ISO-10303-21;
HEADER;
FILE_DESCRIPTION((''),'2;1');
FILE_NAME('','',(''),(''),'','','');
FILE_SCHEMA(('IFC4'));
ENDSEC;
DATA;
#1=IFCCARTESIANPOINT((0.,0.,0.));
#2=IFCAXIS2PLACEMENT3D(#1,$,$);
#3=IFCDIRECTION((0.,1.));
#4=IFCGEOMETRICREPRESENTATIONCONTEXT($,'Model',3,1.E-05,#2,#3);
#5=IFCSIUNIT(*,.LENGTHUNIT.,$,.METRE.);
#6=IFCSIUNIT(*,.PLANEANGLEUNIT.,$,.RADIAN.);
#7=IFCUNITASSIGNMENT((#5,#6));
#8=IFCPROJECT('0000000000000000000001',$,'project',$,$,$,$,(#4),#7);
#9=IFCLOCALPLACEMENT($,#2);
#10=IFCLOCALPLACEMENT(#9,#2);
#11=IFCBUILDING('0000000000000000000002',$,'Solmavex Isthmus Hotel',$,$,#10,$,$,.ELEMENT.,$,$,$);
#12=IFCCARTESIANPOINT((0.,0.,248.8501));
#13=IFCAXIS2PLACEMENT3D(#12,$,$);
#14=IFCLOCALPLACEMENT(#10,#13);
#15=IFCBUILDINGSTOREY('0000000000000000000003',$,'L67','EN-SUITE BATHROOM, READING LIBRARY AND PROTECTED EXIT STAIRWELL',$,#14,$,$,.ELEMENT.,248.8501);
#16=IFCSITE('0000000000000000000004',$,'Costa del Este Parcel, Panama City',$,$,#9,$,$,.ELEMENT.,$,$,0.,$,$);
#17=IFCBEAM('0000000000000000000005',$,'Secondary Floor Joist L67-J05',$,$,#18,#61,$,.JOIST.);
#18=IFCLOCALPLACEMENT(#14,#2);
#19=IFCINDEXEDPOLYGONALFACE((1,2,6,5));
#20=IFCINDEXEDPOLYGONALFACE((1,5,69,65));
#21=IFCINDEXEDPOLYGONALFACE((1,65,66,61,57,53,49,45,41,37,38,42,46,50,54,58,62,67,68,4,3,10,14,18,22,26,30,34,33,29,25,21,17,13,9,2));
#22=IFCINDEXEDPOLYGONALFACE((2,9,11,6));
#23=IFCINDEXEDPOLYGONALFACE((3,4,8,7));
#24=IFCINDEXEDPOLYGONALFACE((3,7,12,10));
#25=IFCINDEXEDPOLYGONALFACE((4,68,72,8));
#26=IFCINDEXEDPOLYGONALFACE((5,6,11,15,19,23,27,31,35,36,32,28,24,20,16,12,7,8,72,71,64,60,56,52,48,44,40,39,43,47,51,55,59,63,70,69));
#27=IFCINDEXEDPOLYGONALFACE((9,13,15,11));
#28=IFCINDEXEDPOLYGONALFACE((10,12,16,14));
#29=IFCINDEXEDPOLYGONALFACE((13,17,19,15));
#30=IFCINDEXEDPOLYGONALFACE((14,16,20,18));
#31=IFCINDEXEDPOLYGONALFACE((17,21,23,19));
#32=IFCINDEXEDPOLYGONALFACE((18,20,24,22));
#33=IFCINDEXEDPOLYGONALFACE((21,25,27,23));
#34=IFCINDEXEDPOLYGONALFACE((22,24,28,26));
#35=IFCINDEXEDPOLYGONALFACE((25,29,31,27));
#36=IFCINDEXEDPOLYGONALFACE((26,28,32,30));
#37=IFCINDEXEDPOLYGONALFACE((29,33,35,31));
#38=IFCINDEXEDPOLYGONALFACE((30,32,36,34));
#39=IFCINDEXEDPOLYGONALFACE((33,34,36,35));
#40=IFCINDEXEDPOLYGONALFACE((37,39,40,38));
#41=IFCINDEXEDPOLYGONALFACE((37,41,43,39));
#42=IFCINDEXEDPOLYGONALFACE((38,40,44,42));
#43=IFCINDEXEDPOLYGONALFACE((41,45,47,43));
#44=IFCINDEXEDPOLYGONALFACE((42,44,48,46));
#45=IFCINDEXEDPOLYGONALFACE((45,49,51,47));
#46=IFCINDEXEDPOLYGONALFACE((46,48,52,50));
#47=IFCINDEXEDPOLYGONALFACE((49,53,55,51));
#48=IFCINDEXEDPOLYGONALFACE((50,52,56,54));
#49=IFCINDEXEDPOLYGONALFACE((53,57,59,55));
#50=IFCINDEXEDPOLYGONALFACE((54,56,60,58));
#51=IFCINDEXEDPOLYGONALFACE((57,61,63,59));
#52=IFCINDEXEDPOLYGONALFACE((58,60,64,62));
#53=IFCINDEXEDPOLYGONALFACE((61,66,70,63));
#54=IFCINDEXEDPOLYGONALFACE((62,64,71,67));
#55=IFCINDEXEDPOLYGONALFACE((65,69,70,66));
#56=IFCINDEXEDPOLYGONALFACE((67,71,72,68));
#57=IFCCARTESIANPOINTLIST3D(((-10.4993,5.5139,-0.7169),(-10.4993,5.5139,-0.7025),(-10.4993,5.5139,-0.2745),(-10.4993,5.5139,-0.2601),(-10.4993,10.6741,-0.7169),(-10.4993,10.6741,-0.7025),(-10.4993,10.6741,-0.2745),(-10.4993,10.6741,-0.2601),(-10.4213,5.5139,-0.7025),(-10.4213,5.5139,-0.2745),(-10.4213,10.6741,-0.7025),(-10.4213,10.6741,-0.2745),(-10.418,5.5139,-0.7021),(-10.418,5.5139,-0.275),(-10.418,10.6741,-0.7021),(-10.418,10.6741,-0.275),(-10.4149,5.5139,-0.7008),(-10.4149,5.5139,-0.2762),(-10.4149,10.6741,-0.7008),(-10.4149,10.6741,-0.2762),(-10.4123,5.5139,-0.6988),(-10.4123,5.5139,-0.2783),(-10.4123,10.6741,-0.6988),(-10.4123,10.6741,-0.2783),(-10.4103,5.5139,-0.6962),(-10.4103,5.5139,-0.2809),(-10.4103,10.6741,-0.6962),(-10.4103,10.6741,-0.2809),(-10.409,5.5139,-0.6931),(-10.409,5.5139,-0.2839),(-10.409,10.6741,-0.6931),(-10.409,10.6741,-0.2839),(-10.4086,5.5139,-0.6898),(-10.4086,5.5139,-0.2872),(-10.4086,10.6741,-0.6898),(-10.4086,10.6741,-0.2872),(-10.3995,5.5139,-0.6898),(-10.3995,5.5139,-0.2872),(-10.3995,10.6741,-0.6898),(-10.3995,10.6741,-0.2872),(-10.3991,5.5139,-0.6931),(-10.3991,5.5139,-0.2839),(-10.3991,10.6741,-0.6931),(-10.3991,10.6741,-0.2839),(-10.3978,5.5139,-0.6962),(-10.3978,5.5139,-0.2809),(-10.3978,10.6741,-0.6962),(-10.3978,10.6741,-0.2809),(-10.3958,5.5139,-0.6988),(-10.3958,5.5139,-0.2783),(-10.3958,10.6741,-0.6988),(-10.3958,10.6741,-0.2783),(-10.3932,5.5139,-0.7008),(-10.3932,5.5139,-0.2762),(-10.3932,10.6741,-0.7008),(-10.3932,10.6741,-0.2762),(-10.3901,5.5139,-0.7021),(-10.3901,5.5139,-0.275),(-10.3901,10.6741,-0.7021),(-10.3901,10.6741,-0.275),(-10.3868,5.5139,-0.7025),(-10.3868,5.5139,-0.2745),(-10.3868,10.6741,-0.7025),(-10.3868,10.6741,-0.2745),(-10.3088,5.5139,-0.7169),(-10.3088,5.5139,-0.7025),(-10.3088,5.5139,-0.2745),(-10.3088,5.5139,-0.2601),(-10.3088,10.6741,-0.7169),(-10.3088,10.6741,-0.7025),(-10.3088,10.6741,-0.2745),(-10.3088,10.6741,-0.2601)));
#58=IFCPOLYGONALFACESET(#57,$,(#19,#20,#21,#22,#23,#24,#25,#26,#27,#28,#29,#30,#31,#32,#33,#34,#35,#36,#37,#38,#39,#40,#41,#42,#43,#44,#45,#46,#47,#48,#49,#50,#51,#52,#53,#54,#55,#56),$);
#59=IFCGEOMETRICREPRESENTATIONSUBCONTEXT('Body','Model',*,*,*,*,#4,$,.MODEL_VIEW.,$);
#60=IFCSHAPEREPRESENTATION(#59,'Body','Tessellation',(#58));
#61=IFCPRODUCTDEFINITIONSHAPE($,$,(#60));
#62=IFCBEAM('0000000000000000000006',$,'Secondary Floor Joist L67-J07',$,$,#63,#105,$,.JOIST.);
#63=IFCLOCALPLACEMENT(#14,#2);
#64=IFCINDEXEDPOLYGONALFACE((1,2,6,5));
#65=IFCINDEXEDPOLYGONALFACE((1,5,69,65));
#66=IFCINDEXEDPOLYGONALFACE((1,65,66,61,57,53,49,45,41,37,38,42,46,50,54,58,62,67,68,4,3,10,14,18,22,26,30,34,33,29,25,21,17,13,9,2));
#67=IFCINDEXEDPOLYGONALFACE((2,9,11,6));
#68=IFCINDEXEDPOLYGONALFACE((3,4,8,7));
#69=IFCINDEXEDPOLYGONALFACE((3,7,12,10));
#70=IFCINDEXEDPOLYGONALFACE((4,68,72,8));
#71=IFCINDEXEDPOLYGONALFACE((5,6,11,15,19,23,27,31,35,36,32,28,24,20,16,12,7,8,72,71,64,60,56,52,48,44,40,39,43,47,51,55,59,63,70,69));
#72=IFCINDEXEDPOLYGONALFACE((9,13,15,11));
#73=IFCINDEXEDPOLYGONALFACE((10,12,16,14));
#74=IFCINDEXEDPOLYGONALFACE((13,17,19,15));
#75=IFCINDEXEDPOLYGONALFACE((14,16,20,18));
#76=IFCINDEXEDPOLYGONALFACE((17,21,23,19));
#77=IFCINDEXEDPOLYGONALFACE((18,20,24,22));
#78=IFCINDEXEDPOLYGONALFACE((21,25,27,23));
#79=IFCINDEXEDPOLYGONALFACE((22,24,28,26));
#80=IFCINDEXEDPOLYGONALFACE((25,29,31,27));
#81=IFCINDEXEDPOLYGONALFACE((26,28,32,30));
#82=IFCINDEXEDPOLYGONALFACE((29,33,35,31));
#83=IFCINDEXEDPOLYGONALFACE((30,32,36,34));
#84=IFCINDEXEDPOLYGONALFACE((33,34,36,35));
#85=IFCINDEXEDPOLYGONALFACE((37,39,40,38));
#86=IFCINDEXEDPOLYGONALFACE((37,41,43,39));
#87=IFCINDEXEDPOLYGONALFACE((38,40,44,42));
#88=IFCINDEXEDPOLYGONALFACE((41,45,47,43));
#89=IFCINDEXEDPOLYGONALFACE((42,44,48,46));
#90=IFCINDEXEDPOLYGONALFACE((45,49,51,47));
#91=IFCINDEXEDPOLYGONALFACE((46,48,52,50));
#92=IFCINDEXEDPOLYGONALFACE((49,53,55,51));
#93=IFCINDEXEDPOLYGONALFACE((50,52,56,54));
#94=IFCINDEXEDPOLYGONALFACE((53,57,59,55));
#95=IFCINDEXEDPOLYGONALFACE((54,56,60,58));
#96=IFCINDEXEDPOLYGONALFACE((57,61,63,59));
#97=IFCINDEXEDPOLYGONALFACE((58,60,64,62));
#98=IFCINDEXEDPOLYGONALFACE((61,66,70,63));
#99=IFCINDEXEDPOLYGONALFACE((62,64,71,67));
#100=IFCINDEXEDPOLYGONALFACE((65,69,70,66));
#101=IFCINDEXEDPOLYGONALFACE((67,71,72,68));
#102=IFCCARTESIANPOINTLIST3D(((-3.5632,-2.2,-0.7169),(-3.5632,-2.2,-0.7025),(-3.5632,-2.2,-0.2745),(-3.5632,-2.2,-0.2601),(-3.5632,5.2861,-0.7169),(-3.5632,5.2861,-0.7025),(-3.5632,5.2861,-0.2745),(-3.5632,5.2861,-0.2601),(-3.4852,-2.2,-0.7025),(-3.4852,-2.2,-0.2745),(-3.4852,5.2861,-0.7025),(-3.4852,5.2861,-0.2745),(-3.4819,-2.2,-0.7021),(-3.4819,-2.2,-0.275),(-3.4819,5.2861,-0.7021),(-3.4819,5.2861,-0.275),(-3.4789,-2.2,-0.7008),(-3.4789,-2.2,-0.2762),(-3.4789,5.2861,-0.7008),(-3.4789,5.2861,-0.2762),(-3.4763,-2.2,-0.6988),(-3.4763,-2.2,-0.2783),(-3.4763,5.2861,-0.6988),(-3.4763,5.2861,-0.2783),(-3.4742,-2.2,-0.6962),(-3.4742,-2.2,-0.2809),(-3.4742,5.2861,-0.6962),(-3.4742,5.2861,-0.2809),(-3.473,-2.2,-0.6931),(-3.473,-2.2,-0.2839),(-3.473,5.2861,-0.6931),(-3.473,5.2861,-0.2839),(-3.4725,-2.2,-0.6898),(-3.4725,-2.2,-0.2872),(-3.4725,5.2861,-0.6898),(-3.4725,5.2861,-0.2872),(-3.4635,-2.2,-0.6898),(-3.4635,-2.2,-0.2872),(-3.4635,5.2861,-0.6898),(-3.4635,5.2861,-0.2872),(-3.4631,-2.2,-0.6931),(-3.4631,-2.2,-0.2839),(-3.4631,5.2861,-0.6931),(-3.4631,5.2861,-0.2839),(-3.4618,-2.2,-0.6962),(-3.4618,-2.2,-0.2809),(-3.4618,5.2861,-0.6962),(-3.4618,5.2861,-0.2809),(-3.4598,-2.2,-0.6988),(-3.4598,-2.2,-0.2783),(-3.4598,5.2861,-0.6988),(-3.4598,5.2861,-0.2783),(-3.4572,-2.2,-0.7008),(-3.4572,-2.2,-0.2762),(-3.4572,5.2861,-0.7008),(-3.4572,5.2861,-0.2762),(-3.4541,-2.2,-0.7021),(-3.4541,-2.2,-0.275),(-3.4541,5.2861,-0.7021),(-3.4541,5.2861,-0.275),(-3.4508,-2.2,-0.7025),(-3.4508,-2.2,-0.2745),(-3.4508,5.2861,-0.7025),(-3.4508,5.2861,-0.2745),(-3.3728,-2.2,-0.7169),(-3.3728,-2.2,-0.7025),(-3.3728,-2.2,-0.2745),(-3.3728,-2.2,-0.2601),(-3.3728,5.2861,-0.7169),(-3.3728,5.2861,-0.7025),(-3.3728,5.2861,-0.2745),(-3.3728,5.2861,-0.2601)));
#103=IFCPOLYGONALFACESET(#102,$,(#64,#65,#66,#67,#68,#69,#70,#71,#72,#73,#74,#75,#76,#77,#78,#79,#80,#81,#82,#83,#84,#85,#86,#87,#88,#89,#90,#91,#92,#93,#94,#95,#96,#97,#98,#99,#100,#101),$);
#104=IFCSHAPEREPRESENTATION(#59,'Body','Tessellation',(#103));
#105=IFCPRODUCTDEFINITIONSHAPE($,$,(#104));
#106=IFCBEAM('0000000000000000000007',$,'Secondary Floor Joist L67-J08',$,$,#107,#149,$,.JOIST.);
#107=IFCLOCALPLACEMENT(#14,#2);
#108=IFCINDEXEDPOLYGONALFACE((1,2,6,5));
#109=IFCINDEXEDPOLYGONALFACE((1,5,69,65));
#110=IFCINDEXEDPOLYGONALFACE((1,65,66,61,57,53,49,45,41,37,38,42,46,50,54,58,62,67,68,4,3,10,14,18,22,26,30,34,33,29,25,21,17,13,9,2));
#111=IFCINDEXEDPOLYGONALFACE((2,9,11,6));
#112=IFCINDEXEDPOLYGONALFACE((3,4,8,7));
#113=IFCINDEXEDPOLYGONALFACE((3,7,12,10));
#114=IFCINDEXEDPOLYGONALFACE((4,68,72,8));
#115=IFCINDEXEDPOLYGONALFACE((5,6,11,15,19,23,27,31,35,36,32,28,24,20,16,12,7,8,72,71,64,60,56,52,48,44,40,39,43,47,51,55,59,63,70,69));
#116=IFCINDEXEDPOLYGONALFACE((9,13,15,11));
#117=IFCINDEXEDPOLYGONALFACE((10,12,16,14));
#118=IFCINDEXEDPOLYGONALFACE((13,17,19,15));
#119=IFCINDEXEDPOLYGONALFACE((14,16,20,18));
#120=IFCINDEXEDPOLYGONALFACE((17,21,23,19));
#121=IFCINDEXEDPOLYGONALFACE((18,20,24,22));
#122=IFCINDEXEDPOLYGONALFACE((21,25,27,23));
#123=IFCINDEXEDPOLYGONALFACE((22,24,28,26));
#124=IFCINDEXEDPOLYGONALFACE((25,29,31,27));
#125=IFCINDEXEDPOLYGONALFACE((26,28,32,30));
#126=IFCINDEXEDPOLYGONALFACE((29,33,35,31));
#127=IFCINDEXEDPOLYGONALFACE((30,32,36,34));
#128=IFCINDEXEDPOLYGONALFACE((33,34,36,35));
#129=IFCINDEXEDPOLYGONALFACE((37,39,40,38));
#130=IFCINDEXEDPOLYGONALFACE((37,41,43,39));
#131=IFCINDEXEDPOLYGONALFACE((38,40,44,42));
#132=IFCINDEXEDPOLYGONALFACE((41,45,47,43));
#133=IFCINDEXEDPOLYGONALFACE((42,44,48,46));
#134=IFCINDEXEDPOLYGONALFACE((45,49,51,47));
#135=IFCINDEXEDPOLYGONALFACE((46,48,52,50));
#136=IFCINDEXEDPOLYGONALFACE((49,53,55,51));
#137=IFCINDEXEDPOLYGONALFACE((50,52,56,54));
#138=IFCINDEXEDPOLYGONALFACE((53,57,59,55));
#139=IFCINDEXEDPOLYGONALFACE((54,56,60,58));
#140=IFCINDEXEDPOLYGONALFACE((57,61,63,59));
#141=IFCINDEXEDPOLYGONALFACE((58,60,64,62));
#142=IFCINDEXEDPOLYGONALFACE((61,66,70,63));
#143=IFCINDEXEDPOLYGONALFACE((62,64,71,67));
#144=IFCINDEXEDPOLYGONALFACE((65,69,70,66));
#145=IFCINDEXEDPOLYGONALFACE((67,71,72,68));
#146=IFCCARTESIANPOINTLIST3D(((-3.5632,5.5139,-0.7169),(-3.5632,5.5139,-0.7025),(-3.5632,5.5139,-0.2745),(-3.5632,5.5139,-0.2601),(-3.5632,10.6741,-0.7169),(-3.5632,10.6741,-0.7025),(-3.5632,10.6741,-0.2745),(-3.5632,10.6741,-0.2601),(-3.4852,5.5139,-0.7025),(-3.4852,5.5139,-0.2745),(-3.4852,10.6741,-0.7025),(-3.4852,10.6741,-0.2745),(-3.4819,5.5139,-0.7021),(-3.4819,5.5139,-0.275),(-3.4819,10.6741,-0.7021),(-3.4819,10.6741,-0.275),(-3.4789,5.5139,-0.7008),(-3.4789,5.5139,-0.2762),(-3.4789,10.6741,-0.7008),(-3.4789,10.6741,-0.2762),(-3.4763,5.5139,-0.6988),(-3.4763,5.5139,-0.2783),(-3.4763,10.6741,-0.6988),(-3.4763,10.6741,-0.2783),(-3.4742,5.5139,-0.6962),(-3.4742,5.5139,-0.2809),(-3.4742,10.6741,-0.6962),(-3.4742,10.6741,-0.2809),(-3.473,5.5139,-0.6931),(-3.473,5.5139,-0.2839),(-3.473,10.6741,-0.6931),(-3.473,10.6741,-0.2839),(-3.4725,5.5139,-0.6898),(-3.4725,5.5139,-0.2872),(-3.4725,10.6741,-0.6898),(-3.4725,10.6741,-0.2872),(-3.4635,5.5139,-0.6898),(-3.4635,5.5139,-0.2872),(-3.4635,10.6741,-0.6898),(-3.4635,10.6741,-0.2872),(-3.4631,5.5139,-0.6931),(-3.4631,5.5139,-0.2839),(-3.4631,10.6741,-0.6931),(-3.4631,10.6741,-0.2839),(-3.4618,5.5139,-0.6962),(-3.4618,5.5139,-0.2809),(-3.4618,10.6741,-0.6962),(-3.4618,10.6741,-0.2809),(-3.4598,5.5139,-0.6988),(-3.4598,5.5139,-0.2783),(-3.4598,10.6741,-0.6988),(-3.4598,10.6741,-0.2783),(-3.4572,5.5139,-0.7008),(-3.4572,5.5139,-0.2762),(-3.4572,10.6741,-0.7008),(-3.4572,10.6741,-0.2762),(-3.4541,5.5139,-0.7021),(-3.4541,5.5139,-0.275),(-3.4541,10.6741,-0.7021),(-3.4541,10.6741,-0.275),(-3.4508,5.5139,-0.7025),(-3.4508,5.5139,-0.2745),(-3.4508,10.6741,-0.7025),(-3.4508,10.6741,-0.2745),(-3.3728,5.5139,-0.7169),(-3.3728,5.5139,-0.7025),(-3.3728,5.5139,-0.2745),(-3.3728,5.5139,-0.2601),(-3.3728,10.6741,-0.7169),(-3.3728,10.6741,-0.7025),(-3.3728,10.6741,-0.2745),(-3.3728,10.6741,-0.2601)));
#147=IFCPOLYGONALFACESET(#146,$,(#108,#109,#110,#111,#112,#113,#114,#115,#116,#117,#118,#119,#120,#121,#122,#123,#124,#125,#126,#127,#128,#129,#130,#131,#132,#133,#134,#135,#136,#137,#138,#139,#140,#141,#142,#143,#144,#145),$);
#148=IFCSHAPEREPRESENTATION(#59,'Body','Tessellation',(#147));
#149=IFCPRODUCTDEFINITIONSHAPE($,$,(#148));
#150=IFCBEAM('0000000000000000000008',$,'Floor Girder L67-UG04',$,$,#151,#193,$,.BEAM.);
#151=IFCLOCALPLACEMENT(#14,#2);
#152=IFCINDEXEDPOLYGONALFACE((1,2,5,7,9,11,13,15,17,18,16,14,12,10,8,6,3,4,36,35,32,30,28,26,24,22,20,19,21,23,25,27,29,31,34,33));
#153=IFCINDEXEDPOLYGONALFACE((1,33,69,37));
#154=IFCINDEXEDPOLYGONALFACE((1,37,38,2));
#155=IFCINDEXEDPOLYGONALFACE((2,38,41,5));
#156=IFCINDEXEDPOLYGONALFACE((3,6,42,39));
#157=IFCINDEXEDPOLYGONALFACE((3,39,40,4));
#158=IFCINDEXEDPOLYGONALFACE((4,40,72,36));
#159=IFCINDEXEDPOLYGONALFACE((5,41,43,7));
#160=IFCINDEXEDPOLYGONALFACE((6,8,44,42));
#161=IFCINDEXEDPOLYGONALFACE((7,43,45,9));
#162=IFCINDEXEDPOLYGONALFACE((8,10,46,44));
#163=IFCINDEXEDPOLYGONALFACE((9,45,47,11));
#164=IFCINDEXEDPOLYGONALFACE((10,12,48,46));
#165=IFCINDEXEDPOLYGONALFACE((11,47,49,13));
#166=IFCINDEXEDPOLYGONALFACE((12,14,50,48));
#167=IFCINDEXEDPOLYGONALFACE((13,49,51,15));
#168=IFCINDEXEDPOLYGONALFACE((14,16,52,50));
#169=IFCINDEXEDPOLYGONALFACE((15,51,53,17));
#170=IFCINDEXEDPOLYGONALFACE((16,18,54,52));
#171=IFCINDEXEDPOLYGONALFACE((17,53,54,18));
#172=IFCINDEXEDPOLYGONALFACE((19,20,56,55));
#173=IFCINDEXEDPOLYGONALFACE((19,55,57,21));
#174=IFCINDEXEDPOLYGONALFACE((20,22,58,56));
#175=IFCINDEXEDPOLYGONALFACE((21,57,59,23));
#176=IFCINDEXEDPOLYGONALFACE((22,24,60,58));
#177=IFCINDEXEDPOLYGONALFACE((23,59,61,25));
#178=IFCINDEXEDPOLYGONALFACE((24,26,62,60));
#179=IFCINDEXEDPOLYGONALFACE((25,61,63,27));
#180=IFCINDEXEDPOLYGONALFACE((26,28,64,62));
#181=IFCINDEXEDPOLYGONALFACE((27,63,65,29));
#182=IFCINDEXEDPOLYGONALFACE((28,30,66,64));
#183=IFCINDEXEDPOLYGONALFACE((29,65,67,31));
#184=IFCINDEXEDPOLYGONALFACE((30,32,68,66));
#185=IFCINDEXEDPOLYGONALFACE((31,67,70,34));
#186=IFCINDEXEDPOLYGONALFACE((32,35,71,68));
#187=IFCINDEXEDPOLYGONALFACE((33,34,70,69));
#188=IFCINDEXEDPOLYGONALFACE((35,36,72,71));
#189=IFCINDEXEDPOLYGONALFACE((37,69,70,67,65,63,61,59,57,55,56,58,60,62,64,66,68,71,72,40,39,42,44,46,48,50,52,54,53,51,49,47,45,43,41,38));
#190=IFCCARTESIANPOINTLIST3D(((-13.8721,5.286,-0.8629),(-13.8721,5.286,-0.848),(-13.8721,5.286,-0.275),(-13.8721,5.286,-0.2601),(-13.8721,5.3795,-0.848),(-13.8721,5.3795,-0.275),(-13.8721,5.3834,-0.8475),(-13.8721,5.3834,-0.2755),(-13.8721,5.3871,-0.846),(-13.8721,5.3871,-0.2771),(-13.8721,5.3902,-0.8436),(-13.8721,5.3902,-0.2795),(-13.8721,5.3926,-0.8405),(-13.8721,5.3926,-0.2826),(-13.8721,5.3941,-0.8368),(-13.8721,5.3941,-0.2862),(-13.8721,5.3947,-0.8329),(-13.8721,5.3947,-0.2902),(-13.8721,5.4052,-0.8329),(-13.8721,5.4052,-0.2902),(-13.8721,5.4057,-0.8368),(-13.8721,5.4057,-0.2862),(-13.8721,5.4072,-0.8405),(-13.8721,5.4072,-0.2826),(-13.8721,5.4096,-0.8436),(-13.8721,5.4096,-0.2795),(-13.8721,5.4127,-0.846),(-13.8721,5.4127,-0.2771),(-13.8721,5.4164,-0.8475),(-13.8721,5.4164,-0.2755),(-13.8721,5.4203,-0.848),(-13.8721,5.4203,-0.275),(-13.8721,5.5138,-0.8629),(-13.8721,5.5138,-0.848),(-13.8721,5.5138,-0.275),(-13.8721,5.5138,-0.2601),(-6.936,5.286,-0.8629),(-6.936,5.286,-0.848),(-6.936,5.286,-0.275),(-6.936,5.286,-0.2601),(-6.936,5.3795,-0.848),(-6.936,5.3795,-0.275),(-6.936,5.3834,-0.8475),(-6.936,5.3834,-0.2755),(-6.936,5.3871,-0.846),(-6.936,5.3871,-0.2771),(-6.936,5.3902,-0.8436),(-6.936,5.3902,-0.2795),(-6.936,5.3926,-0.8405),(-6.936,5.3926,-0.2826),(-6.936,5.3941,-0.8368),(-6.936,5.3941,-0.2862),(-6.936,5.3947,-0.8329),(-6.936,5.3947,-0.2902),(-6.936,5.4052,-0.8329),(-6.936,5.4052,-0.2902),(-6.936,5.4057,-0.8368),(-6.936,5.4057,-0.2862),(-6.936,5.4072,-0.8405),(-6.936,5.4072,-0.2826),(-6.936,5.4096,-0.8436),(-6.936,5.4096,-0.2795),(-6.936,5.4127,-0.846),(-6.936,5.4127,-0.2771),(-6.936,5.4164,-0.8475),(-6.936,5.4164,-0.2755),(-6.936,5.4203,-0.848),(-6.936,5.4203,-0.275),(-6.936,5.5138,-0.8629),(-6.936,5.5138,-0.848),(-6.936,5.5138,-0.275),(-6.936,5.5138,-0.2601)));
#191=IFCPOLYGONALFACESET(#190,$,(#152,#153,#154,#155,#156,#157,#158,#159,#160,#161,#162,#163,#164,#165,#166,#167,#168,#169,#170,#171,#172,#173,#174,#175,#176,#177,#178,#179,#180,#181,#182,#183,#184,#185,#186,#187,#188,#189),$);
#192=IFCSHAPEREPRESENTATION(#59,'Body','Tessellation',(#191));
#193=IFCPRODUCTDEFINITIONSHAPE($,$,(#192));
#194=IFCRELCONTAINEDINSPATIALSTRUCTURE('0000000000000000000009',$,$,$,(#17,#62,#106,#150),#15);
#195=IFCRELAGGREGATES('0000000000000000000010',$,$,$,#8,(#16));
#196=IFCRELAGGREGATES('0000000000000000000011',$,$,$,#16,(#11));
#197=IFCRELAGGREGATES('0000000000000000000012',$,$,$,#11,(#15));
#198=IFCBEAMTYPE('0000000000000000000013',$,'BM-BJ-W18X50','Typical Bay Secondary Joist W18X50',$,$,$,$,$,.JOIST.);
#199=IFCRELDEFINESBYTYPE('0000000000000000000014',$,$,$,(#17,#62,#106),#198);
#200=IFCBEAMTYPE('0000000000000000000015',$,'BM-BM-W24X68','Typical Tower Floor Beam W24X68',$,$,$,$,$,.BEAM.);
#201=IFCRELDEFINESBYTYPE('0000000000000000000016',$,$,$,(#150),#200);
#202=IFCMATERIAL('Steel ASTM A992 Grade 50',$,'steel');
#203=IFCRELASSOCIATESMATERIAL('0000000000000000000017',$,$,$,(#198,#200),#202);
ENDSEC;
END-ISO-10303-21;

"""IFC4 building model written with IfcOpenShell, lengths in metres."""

from ifc_helpers import new_model, si_unit, direction, frame, origin, origin_2d, place, context, subcontext, project, spatial, i_section, extrude, material, material_profile, profile_set, type_object, element, save


model = new_model("IFC4")

# Units and contexts
model_context = context("Model", 3, precision=1e-05, world=origin(), true_north=direction((0.0, 1.0)))
body_context = subcontext(model_context, "Body", "Model", "MODEL_VIEW")
ifc_project = project(units=[si_unit("LENGTHUNIT", "METRE"), si_unit("PLANEANGLEUNIT", "RADIAN")], contexts=[model_context])

# Site, building, storey
site_placement = place(None, origin())
site = spatial("IfcSite", under=ifc_project, at=site_placement, Name="Costa del Este Parcel, Panama City", CompositionType="ELEMENT", RefElevation=0.0)
building_placement = place(site_placement, origin())
building = spatial("IfcBuilding", under=site, at=building_placement, Name="Solmavex Isthmus Hotel", CompositionType="ELEMENT")
storey_placement = place(building_placement, frame((0.0, 0.0, 248.8501)))
storey = spatial("IfcBuildingStorey", under=building, at=storey_placement, Name="L67", Description="EN-SUITE BATHROOM, READING LIBRARY AND PROTECTED EXIT STAIRWELL", CompositionType="ELEMENT", Elevation=248.8501)

# Beams
ifc_material_1 = material(Name="Steel ASTM A992 Grade 50", Category="steel")
ifc_material_profile_1 = material_profile(ifc_material_1, i_section(OverallWidth=0.1904, OverallDepth=0.4568, WebThickness=0.009, FlangeThickness=0.0144, FilletRadius=0.0127, at=origin_2d()), Name="W18X50")
ifc_profile_set_1 = profile_set([ifc_material_profile_1], Name="Steel ASTM A992 Grade 50")
beam_type_1 = type_object("IfcBeamType", Name="BM-BJ-W18X50", Description="Typical Bay Secondary Joist W18X50", PredefinedType="JOIST", material=ifc_profile_set_1)
beam_1_placement = place(storey_placement, frame((-10.4041, 5.5139, -0.4885), z_axis=(0.0, 1.0, 0.0), x_axis=(-1.0, 0.0, 0.0)))
element("IfcBeam", 1, at=beam_1_placement, inside=storey, type_object=beam_type_1, Name="Secondary Floor Joist L67-J05", PredefinedType="JOIST", context=body_context, shape_type="SweptSolid", body=[
    extrude(i_section(OverallWidth=0.1904, OverallDepth=0.4568, WebThickness=0.009, FlangeThickness=0.0144, FilletRadius=0.0127, at=origin_2d()), origin(), (0.0, 0.0, 1.0), 5.1602),
])
beam_2_placement = place(storey_placement, frame((-3.468, -2.2, -0.4885), z_axis=(0.0, 1.0, 0.0), x_axis=(-1.0, 0.0, 0.0)))
element("IfcBeam", 2, at=beam_2_placement, inside=storey, type_object=beam_type_1, Name="Secondary Floor Joist L67-J07", PredefinedType="JOIST", context=body_context, shape_type="SweptSolid", body=[
    extrude(i_section(OverallWidth=0.1904, OverallDepth=0.4568, WebThickness=0.009, FlangeThickness=0.0144, FilletRadius=0.0127, at=origin_2d()), origin(), (0.0, 0.0, 1.0), 7.4861),
])
beam_3_placement = place(storey_placement, frame((-3.468, 5.5139, -0.4885), z_axis=(0.0, 1.0, 0.0), x_axis=(-1.0, 0.0, 0.0)))
element("IfcBeam", 3, at=beam_3_placement, inside=storey, type_object=beam_type_1, Name="Secondary Floor Joist L67-J08", PredefinedType="JOIST", context=body_context, shape_type="SweptSolid", body=[
    extrude(i_section(OverallWidth=0.1904, OverallDepth=0.4568, WebThickness=0.009, FlangeThickness=0.0144, FilletRadius=0.0127, at=origin_2d()), origin(), (0.0, 0.0, 1.0), 5.1602),
])
ifc_material_profile_2 = material_profile(ifc_material_1, i_section(OverallWidth=0.2278, OverallDepth=0.6028, WebThickness=0.0105, FlangeThickness=0.0149, FilletRadius=0.0151, at=origin_2d()), Name="W24X68")
ifc_profile_set_2 = profile_set([ifc_material_profile_2], Name="Steel ASTM A992 Grade 50")
beam_type_2 = type_object("IfcBeamType", Name="BM-BM-W24X68", Description="Typical Tower Floor Beam W24X68", PredefinedType="BEAM", material=ifc_profile_set_2)
for number, where, z_axis, x_axis, name in (
    (4, (-13.8721, 5.3999, -0.5615), (1.0, 0.0, 0.0), (0.0, 1.0, 0.0), "Floor Girder L67-UG04"),
):
    element("IfcBeam", number, at=place(storey_placement, frame(where, z_axis=z_axis, x_axis=x_axis)), inside=storey, type_object=beam_type_2, Name=name, PredefinedType="BEAM", context=body_context, shape_type="SweptSolid", body=[
        extrude(i_section(OverallWidth=0.2278, OverallDepth=0.6028, WebThickness=0.0105, FlangeThickness=0.0149, FilletRadius=0.0151, at=origin_2d()), origin(), (0.0, 0.0, 1.0), 6.936),
    ])

save(model, "model.ifc")
